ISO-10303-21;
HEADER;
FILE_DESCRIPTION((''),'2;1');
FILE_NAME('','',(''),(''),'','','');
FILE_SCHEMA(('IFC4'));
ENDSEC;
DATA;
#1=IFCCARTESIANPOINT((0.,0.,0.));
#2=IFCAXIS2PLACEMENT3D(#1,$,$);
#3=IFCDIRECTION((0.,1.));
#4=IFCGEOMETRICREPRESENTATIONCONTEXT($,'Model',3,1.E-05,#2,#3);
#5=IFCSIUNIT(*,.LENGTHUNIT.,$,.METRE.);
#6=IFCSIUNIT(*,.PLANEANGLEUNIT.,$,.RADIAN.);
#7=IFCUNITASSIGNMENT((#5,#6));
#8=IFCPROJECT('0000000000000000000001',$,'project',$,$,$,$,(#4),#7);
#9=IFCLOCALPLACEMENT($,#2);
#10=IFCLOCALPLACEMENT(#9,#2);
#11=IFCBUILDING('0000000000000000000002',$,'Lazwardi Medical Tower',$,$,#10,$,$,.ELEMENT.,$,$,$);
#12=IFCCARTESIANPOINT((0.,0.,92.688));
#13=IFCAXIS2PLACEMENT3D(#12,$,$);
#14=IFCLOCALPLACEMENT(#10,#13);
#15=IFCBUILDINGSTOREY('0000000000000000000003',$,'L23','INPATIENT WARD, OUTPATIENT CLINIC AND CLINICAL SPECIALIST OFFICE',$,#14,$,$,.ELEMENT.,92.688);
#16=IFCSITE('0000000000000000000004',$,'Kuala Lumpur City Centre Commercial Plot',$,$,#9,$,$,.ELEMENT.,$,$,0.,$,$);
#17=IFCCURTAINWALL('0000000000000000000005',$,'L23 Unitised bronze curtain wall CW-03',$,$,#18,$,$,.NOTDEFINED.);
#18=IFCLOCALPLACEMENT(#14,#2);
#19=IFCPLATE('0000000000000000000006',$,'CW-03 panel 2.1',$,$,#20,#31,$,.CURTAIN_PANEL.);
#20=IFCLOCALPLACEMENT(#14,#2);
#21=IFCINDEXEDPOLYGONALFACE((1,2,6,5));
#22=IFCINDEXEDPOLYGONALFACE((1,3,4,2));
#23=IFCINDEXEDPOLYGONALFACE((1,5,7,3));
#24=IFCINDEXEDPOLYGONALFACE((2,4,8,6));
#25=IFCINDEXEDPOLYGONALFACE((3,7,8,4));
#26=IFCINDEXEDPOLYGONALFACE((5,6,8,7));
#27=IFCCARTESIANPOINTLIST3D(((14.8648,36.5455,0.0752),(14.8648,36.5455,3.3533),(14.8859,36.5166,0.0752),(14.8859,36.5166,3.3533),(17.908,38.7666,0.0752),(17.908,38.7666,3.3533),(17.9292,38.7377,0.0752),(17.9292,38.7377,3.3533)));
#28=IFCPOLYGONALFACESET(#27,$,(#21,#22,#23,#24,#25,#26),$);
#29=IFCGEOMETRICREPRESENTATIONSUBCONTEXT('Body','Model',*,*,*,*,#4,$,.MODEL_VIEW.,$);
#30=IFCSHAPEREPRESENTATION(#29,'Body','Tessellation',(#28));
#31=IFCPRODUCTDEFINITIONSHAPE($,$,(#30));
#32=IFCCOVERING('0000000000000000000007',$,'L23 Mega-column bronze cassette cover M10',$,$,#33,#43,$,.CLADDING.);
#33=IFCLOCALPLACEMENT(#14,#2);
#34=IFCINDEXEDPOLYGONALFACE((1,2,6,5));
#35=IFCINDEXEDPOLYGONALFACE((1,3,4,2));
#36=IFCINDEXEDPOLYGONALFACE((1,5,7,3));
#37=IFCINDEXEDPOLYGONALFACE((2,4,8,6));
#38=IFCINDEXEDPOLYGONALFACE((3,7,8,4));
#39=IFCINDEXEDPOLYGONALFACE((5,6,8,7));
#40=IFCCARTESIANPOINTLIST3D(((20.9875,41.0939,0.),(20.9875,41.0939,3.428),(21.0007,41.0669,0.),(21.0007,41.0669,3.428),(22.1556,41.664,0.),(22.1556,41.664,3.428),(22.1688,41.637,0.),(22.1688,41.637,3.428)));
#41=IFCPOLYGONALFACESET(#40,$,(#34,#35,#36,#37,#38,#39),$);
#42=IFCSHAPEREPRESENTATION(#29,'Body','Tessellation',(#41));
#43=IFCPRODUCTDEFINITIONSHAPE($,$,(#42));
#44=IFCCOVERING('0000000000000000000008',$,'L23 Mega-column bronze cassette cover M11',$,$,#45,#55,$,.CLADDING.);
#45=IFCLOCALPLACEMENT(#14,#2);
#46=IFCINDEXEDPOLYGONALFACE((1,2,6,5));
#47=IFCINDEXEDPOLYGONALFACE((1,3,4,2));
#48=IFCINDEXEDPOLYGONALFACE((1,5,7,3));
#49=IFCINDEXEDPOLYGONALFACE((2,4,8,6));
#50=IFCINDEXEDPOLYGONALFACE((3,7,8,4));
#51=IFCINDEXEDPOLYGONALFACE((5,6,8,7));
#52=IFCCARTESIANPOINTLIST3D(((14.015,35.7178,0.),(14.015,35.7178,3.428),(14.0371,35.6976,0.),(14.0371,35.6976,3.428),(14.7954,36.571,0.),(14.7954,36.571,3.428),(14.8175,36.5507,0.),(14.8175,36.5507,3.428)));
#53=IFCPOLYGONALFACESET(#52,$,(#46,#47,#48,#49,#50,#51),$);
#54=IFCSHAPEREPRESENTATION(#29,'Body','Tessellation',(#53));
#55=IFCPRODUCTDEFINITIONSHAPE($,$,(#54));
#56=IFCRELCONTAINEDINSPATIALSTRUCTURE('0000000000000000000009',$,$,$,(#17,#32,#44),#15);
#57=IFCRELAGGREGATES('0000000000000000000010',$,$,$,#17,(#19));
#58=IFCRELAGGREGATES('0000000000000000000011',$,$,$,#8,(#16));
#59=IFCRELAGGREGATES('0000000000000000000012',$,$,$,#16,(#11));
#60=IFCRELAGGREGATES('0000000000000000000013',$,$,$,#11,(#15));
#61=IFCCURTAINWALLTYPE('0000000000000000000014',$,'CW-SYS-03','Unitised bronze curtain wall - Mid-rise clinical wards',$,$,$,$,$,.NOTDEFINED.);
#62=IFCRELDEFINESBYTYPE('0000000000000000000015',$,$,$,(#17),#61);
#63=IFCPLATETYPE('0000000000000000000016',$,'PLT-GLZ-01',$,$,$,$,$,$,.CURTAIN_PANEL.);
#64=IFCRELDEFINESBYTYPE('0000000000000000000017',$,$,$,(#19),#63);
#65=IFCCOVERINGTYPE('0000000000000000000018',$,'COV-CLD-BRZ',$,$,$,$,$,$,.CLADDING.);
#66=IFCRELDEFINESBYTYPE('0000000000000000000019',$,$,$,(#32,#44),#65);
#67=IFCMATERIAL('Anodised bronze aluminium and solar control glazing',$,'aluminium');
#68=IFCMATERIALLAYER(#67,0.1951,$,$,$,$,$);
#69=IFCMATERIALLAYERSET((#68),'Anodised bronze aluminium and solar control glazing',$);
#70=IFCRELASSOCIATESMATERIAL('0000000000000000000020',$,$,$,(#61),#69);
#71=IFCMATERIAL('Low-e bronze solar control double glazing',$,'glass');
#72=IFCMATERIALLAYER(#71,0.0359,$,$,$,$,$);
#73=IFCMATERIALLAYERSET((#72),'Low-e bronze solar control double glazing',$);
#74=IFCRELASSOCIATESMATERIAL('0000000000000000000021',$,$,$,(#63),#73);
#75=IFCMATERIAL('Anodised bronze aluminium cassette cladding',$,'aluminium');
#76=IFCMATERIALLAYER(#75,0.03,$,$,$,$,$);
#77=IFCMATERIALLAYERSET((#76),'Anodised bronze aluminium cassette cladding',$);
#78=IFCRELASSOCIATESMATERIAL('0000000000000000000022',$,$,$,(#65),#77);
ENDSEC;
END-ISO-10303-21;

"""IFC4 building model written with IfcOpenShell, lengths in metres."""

from ifc_helpers import new_model, si_unit, direction, frame, origin, origin_2d, place, context, subcontext, project, spatial, rectangle, extrude, material, layer, layer_set, type_object, element, aggregate, save


model = new_model("IFC4")

# Units and contexts
model_context = context("Model", 3, precision=1e-05, world=origin(), true_north=direction((0.0, 1.0)))
body_context = subcontext(model_context, "Body", "Model", "MODEL_VIEW")
ifc_project = project(units=[si_unit("LENGTHUNIT", "METRE"), si_unit("PLANEANGLEUNIT", "RADIAN")], contexts=[model_context])

# Site, building, storey
site_placement = place(None, origin())
site = spatial("IfcSite", under=ifc_project, at=site_placement, Name="Kuala Lumpur City Centre Commercial Plot", CompositionType="ELEMENT", RefElevation=0.0)
building_placement = place(site_placement, origin())
building = spatial("IfcBuilding", under=site, at=building_placement, Name="Lazwardi Medical Tower", CompositionType="ELEMENT")
storey_placement = place(building_placement, frame((0.0, 0.0, 92.688)))
storey = spatial("IfcBuildingStorey", under=building, at=storey_placement, Name="L23", Description="INPATIENT WARD, OUTPATIENT CLINIC AND CLINICAL SPECIALIST OFFICE", CompositionType="ELEMENT", Elevation=92.688)

# Shared definitions
ifc_material_1 = material(Name="Anodised bronze aluminium and solar control glazing", Category="aluminium")
ifc_layer_1 = layer(ifc_material_1, 0.1951)
ifc_layer_set_1 = layer_set([ifc_layer_1], Name="Anodised bronze aluminium and solar control glazing")
curtain_wall_type = type_object("IfcCurtainWallType", Name="CW-SYS-03", Description="Unitised bronze curtain wall - Mid-rise clinical wards", PredefinedType="NOTDEFINED", material=ifc_layer_set_1)

# Curtain wall
curtain_wall_1_placement = place(storey_placement, origin())
curtain_wall_1 = element("IfcCurtainWall", 1, at=curtain_wall_1_placement, inside=storey, type_object=curtain_wall_type, Name="L23 Unitised bronze curtain wall CW-03", PredefinedType="NOTDEFINED")

# Plate
ifc_material_2 = material(Name="Low-e bronze solar control double glazing", Category="glass")
ifc_layer_2 = layer(ifc_material_2, 0.0359)
ifc_layer_set_2 = layer_set([ifc_layer_2], Name="Low-e bronze solar control double glazing")
plate_type = type_object("IfcPlateType", Name="PLT-GLZ-01", PredefinedType="CURTAIN_PANEL", material=ifc_layer_set_2)
plate_1_placement = place(storey_placement, frame((16.397, 37.6416, 0.0752), z_axis=(0.0, 0.0, 1.0), x_axis=(-0.807746, -0.589531, 0.0)))
plate_1 = element("IfcPlate", 2, at=plate_1_placement, type_object=plate_type, Name="CW-03 panel 2.1", PredefinedType="CURTAIN_PANEL", context=body_context, shape_type="SweptSolid", body=[
    extrude(rectangle(XDim=3.7676, YDim=0.0359, at=origin_2d()), origin(), (0.0, 0.0, 1.0), 3.2781),
])
aggregate(curtain_wall_1, [plate_1])

# Coverings
ifc_material_3 = material(Name="Anodised bronze aluminium cassette cladding", Category="aluminium")
ifc_layer_3 = layer(ifc_material_3, 0.03)
ifc_layer_set_3 = layer_set([ifc_layer_3], Name="Anodised bronze aluminium cassette cladding")
covering_type = type_object("IfcCoveringType", Name="COV-CLD-BRZ", PredefinedType="CLADDING", material=ifc_layer_set_3)
covering_1_placement = place(storey_placement, frame((21.5781, 41.3655, 0.0), z_axis=(0.0, 0.0, 1.0), x_axis=(-0.898679, -0.438606, 0.0)))
element("IfcCovering", 3, at=covering_1_placement, inside=storey, type_object=covering_type, Name="L23 Mega-column bronze cassette cover M10", PredefinedType="CLADDING", context=body_context, shape_type="SweptSolid", body=[
    extrude(rectangle(XDim=1.2998, YDim=0.03, at=origin_2d()), origin(), (0.0, 0.0, 1.0), 3.428),
])
covering_2_placement = place(storey_placement, frame((14.4163, 36.1343, 0.0), z_axis=(0.0, 0.0, 1.0), x_axis=(-0.674926, -0.737885, 0.0)))
element("IfcCovering", 4, at=covering_2_placement, inside=storey, type_object=covering_type, Name="L23 Mega-column bronze cassette cover M11", PredefinedType="CLADDING", context=body_context, shape_type="SweptSolid", body=[
    extrude(rectangle(XDim=1.1562, YDim=0.03, at=origin_2d()), origin(), (0.0, 0.0, 1.0), 3.428),
])

save(model, "model.ifc")
